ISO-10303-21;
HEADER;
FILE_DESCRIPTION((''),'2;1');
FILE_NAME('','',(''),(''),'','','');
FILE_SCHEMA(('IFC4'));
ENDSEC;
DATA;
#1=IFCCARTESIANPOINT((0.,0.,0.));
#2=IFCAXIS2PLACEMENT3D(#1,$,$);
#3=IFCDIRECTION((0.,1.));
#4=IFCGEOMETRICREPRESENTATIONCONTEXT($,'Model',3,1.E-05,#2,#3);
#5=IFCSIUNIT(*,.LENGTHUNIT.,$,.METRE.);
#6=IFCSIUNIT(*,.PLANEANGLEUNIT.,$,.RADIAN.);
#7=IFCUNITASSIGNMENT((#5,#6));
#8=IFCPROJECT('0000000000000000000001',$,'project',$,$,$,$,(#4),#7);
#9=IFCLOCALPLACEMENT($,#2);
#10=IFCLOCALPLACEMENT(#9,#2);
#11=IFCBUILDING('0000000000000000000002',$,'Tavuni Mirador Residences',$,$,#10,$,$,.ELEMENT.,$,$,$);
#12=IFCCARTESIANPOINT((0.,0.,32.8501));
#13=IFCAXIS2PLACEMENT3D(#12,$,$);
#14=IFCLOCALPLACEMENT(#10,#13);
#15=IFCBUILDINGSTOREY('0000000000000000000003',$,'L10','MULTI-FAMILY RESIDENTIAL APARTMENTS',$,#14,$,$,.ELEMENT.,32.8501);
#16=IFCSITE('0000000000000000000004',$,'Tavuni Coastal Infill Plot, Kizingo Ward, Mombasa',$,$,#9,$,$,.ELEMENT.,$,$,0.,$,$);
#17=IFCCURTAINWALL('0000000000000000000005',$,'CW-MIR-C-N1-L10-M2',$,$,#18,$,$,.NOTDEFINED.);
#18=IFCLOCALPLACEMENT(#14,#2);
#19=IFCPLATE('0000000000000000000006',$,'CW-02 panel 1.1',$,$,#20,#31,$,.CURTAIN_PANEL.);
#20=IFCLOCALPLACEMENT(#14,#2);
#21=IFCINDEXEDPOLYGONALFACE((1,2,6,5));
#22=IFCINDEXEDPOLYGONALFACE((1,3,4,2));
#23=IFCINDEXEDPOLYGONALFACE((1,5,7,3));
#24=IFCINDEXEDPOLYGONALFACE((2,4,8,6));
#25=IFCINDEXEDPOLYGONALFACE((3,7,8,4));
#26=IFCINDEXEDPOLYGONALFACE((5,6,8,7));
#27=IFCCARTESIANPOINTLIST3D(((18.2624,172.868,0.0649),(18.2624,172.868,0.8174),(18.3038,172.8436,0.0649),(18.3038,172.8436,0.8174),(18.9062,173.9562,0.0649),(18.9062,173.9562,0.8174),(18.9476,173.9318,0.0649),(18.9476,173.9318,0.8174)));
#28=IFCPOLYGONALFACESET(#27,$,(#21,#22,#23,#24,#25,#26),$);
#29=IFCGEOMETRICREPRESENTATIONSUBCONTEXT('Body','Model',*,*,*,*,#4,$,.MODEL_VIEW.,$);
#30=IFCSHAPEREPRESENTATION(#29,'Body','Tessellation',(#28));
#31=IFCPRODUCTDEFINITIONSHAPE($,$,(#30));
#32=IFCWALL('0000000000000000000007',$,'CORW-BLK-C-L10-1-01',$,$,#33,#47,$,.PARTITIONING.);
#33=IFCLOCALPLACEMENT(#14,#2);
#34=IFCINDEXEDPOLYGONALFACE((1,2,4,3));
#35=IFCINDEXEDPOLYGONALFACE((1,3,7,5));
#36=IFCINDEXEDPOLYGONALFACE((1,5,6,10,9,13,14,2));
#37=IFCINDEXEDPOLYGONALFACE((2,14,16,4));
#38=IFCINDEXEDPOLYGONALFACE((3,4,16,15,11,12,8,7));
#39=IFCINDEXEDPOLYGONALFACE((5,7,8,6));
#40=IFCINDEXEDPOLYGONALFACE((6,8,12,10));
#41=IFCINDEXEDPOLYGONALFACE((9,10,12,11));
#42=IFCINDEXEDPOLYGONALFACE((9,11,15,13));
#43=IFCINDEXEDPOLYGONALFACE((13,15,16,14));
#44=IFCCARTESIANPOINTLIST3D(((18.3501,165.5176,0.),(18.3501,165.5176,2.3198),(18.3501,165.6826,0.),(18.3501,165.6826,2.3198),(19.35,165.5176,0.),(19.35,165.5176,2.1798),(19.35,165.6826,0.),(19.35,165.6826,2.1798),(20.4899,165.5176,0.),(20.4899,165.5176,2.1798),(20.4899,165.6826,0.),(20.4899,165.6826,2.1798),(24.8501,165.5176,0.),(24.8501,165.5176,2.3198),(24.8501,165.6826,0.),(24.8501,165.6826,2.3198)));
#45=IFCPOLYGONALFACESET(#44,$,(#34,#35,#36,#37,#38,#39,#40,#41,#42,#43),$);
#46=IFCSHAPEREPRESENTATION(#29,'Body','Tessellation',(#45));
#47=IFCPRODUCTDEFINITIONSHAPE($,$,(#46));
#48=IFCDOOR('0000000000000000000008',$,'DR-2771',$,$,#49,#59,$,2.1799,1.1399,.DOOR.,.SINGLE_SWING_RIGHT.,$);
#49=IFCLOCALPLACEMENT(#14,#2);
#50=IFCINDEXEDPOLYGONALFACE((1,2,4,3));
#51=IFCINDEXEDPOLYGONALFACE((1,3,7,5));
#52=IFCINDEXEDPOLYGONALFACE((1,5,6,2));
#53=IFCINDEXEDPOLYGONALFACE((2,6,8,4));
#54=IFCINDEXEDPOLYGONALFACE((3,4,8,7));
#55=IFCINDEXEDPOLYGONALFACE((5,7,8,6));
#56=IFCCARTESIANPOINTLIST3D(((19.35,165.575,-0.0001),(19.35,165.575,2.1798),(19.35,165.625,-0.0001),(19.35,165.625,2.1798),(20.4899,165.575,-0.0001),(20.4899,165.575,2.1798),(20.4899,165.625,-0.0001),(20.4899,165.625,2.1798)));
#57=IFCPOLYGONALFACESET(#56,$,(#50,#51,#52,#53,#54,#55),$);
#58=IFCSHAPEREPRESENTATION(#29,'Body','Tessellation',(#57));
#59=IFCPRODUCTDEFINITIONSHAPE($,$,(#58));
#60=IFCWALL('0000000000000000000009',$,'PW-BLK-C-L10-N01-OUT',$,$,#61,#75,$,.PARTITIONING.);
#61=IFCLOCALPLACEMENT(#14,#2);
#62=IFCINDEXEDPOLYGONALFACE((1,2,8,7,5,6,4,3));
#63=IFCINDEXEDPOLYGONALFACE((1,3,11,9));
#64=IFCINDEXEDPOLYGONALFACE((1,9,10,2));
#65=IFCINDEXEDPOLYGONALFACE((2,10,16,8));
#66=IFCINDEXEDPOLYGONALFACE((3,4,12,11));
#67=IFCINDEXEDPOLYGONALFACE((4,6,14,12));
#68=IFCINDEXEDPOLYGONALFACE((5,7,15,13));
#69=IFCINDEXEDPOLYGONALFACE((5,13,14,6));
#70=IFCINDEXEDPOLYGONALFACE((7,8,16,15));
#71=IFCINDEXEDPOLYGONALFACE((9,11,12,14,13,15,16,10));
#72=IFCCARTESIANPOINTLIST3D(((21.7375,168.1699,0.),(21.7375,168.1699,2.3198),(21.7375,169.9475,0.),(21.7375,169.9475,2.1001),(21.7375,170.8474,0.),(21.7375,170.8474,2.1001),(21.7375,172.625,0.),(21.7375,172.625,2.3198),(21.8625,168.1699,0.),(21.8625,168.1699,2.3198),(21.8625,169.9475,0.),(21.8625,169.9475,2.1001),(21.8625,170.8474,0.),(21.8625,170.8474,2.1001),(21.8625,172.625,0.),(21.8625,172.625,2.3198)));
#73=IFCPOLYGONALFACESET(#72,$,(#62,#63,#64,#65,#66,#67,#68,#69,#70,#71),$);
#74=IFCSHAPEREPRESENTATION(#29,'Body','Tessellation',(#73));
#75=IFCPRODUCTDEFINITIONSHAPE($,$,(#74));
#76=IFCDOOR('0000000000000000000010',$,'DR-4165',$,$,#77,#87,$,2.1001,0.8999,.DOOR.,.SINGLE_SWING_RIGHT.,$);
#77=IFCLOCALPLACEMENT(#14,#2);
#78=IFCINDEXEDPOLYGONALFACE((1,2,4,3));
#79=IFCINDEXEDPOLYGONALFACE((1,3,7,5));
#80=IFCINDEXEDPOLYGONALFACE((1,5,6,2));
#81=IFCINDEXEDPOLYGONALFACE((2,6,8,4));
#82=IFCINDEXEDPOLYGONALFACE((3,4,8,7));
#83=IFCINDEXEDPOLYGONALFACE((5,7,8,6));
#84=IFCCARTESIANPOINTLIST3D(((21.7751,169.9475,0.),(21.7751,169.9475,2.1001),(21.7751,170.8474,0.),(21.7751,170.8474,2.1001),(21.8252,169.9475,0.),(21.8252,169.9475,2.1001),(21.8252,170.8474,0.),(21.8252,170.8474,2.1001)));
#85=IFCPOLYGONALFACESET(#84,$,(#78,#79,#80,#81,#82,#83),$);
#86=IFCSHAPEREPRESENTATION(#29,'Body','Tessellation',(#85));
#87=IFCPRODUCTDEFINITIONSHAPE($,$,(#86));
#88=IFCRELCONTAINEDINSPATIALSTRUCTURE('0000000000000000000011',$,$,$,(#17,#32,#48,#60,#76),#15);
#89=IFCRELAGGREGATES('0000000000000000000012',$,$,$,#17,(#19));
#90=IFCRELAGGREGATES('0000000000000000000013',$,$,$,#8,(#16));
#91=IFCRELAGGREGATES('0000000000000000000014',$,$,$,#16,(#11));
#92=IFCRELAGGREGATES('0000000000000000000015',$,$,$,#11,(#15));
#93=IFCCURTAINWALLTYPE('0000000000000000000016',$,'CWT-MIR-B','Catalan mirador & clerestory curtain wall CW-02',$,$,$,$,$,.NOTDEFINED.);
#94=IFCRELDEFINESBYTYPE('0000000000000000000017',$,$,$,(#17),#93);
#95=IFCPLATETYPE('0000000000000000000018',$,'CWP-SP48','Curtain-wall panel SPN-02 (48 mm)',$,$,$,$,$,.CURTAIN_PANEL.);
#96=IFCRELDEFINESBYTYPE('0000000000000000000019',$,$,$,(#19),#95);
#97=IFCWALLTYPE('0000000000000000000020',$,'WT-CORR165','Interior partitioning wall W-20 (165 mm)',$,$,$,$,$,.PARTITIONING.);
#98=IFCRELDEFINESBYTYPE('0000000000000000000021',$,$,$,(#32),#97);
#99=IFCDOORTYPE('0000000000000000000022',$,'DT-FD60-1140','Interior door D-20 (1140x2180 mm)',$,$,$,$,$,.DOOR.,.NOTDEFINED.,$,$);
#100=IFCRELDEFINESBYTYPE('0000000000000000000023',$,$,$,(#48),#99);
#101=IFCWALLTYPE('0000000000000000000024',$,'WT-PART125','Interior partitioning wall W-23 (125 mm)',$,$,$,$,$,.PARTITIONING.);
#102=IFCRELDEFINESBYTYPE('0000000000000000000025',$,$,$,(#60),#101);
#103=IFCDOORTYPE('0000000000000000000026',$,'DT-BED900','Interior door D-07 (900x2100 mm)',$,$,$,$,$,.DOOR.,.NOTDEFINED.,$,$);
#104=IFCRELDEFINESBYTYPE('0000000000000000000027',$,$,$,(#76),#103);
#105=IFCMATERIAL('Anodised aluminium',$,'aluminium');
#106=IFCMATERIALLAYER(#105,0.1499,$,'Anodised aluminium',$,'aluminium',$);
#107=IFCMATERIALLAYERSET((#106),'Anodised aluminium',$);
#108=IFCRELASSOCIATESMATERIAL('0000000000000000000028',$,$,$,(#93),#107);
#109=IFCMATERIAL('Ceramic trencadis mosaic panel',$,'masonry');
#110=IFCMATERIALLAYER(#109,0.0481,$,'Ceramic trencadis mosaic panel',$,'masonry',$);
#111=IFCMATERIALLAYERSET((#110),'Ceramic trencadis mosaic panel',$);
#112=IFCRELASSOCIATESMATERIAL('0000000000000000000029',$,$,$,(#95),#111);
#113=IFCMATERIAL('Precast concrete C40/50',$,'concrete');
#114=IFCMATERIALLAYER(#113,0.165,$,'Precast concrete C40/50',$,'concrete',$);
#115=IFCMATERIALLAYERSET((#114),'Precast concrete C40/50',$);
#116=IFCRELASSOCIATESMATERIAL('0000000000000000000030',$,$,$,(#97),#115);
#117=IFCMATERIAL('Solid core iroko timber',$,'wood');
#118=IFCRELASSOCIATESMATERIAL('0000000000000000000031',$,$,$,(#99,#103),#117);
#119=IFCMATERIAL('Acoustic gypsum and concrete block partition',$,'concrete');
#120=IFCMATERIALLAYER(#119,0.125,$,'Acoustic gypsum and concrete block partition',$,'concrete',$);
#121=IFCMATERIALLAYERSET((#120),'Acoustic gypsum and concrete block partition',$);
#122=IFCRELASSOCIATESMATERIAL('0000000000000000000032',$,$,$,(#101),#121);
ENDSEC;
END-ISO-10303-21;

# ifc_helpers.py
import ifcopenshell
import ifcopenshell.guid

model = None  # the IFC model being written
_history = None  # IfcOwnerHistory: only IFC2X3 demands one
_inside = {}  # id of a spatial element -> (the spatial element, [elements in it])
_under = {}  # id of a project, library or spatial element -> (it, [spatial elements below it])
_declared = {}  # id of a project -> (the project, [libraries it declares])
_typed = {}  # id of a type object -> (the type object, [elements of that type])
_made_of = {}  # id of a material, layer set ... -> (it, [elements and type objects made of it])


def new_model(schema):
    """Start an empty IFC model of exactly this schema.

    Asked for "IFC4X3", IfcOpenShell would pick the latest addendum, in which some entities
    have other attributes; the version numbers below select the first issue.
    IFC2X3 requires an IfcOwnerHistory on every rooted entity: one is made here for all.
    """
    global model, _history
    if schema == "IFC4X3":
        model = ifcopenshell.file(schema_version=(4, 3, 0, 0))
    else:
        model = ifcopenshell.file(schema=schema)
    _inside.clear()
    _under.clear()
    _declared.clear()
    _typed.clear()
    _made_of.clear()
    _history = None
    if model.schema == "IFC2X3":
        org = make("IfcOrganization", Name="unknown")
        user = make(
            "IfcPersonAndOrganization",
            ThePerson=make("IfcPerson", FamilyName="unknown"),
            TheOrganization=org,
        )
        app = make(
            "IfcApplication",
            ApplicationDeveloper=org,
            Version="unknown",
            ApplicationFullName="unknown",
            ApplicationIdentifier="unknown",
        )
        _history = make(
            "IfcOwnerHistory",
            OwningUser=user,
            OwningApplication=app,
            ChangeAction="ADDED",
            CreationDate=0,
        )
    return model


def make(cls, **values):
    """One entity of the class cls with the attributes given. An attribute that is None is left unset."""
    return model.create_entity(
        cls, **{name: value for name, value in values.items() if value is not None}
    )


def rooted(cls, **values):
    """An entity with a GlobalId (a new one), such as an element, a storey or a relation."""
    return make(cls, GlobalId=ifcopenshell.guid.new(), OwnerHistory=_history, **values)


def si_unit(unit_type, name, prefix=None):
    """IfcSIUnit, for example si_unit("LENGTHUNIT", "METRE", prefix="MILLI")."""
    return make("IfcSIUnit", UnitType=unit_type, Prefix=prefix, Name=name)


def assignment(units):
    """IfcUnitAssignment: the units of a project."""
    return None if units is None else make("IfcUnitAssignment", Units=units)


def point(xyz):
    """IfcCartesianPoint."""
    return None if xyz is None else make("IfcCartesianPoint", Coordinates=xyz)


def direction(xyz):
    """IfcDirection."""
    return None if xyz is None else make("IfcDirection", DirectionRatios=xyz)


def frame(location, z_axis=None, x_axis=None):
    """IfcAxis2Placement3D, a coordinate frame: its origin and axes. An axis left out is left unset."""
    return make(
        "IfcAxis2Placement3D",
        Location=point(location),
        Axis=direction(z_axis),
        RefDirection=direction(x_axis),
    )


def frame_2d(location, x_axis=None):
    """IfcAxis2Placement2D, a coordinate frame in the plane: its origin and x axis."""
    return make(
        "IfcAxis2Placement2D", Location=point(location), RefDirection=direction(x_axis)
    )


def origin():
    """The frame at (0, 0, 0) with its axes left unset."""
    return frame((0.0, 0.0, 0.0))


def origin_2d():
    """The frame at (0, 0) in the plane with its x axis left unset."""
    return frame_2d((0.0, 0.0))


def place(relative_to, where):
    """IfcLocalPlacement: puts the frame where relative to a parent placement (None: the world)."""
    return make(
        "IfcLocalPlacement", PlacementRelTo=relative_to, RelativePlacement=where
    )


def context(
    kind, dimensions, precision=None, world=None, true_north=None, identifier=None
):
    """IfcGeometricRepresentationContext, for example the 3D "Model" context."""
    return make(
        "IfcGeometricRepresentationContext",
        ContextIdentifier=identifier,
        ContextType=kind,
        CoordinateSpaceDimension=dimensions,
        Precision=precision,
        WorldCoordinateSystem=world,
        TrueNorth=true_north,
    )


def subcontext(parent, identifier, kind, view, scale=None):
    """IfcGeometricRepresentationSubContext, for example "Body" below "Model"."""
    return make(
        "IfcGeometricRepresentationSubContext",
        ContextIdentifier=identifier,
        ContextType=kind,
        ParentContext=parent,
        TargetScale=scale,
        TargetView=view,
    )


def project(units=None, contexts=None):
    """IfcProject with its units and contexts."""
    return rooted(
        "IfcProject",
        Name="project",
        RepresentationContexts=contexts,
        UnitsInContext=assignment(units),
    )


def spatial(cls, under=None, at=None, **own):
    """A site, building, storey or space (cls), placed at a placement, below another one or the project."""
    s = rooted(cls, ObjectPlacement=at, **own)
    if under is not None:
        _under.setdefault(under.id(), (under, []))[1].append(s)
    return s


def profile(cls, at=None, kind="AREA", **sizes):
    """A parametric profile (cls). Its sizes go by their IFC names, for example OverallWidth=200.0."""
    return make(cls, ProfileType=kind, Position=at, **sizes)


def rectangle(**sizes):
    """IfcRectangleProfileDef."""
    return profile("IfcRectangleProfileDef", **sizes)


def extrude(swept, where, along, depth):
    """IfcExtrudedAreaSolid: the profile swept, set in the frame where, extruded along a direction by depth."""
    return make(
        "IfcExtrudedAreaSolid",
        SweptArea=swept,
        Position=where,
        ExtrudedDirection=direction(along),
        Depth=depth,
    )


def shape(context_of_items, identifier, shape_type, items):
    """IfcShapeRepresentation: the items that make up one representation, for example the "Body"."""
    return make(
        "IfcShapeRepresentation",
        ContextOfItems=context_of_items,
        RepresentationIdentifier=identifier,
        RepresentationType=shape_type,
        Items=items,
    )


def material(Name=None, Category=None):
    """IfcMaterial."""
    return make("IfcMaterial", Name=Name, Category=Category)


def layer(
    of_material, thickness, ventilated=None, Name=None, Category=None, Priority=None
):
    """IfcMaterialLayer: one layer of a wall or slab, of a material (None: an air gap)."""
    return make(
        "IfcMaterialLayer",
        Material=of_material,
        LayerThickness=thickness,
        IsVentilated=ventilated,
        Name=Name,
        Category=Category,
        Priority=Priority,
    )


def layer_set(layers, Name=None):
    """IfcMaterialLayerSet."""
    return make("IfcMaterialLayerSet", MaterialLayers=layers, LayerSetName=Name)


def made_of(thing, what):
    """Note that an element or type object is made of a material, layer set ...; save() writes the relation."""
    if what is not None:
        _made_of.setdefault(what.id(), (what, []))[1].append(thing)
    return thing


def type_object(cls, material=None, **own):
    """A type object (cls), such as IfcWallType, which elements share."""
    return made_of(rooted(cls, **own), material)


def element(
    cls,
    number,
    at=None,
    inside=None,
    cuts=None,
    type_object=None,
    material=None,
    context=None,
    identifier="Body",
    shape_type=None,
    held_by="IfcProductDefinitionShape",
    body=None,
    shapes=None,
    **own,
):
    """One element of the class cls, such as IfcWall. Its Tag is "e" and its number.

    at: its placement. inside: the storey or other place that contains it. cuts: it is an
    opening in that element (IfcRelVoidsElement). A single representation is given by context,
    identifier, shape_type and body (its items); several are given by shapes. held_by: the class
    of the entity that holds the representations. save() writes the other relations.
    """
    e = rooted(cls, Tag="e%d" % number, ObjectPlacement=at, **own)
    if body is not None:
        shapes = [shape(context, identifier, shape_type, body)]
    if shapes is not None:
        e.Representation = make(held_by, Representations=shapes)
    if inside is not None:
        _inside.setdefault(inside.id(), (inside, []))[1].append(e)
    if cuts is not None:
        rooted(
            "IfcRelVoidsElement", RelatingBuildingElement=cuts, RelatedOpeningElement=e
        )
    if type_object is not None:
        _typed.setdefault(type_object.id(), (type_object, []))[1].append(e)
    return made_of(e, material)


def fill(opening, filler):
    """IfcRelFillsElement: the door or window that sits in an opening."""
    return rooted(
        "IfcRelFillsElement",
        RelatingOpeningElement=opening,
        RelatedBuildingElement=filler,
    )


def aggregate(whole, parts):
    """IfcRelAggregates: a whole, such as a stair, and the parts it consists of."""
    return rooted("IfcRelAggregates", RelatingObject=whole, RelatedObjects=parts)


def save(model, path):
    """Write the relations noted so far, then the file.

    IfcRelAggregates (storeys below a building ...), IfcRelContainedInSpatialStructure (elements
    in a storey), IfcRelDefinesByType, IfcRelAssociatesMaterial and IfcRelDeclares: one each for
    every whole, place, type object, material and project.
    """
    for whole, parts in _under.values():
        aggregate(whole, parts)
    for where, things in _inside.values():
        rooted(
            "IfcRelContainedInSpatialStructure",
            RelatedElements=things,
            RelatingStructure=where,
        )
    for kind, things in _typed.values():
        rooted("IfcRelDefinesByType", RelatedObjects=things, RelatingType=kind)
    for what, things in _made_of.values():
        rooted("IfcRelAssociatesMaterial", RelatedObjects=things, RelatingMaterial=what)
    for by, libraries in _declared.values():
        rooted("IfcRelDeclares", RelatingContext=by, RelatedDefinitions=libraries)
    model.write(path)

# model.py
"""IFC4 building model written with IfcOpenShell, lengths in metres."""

from ifc_helpers import new_model, si_unit, direction, frame, frame_2d, origin, origin_2d, place, context, subcontext, project, spatial, rectangle, extrude, material, layer, layer_set, type_object, element, fill, aggregate, save


model = new_model("IFC4")

# Units and contexts
model_context = context("Model", 3, precision=1e-05, world=origin(), true_north=direction((0.0, 1.0)))
body_context = subcontext(model_context, "Body", "Model", "MODEL_VIEW")
ifc_project = project(units=[si_unit("LENGTHUNIT", "METRE"), si_unit("PLANEANGLEUNIT", "RADIAN")], contexts=[model_context])

# Site, building, storey
site_placement = place(None, origin())
site = spatial("IfcSite", under=ifc_project, at=site_placement, Name="Tavuni Coastal Infill Plot, Kizingo Ward, Mombasa", CompositionType="ELEMENT", RefElevation=0.0)
building_placement = place(site_placement, origin())
building = spatial("IfcBuilding", under=site, at=building_placement, Name="Tavuni Mirador Residences", CompositionType="ELEMENT")
storey_placement = place(building_placement, frame((0.0, 0.0, 32.8501)))
storey = spatial("IfcBuildingStorey", under=building, at=storey_placement, Name="L10", Description="MULTI-FAMILY RESIDENTIAL APARTMENTS", CompositionType="ELEMENT", Elevation=32.8501)

# Shared definitions
ifc_material_1 = material(Name="Anodised aluminium", Category="aluminium")

# Curtain wall
ifc_layer_1 = layer(ifc_material_1, 0.1499, Name="Anodised aluminium", Category="aluminium")
ifc_layer_set_1 = layer_set([ifc_layer_1], Name="Anodised aluminium")
curtain_wall_type_1 = type_object("IfcCurtainWallType", Name="CWT-MIR-B", Description="Catalan mirador & clerestory curtain wall CW-02", PredefinedType="NOTDEFINED", material=ifc_layer_set_1)
curtain_wall_1_placement = place(storey_placement, origin())
curtain_wall_1 = element("IfcCurtainWall", 1, at=curtain_wall_1_placement, inside=storey, type_object=curtain_wall_type_1, Name="CW-MIR-C-N1-L10-M2", PredefinedType="NOTDEFINED")

# Plate
ifc_material_2 = material(Name="Ceramic trencadis mosaic panel", Category="masonry")
ifc_layer_2 = layer(ifc_material_2, 0.0481, Name="Ceramic trencadis mosaic panel", Category="masonry")
ifc_layer_set_2 = layer_set([ifc_layer_2], Name="Ceramic trencadis mosaic panel")
plate_type_1 = type_object("IfcPlateType", Name="CWP-SP48", Description="Curtain-wall panel SPN-02 (48 mm)", PredefinedType="CURTAIN_PANEL", material=ifc_layer_set_2)
plate_1_placement = place(storey_placement, frame((18.605, 173.3999, 0.0649), z_axis=(0.0, 0.0, 1.0), x_axis=(-0.509212, -0.860641, 0.0)))
plate_1 = element("IfcPlate", 2, at=plate_1_placement, type_object=plate_type_1, Name="CW-02 panel 1.1", PredefinedType="CURTAIN_PANEL", context=body_context, shape_type="SweptSolid", body=[
    extrude(rectangle(XDim=1.2644, YDim=0.0481, at=origin_2d()), origin(), (0.0, 0.0, 1.0), 0.7524),
])
aggregate(curtain_wall_1, [plate_1])

# Walls, openings, doors
ifc_material_3 = material(Name="Precast concrete C40/50", Category="concrete")
ifc_layer_3 = layer(ifc_material_3, 0.165, Name="Precast concrete C40/50", Category="concrete")
ifc_layer_set_3 = layer_set([ifc_layer_3], Name="Precast concrete C40/50")
wall_type_1 = type_object("IfcWallType", Name="WT-CORR165", Description="Interior partitioning wall W-20 (165 mm)", PredefinedType="PARTITIONING", material=ifc_layer_set_3)
wall_1_placement = place(storey_placement, frame((18.3501, 165.6001, 0.0), z_axis=(0.0, 0.0, 1.0), x_axis=(1.0, 0.0, 0.0)))
wall_1 = element("IfcWall", 3, at=wall_1_placement, inside=storey, type_object=wall_type_1, Name="CORW-BLK-C-L10-1-01", PredefinedType="PARTITIONING", context=body_context, shape_type="SweptSolid", body=[
    extrude(rectangle(XDim=6.5, YDim=0.165, at=frame_2d((3.25, 0.0))), origin(), (0.0, 0.0, 1.0), 2.3198),
])
opening_1_placement = place(wall_1_placement, frame((1.0, 0.0, 0.0)))
opening_1 = element("IfcOpeningElement", 4, at=opening_1_placement, cuts=wall_1, PredefinedType="OPENING", context=body_context, shape_type="SweptSolid", body=[
    extrude(rectangle(XDim=1.1399, YDim=2.1799, at=frame_2d((0.5698, 1.0898))), frame((0.0, 0.0925, 0.0), z_axis=(0.0, -1.0, 0.0), x_axis=(1.0, 0.0, 0.0)), (0.0, 0.0, 1.0), 0.1851),
])
ifc_material_4 = material(Name="Solid core iroko timber", Category="wood")
door_type_1 = type_object("IfcDoorType", Name="DT-FD60-1140", Description="Interior door D-20 (1140x2180 mm)", OperationType="NOTDEFINED", PredefinedType="DOOR", material=ifc_material_4)
door_1_placement = place(opening_1_placement, origin())
door_1 = element("IfcDoor", 5, at=door_1_placement, inside=storey, type_object=door_type_1, Name="DR-2771", OperationType="SINGLE_SWING_RIGHT", OverallHeight=2.1799, OverallWidth=1.1399, PredefinedType="DOOR", context=body_context, shape_type="SweptSolid", body=[
    extrude(rectangle(XDim=1.1399, YDim=2.1799, at=frame_2d((0.5698, 1.0898))), frame((0.0, 0.0249, 0.0), z_axis=(0.0, -1.0, 0.0), x_axis=(1.0, 0.0, 0.0)), (0.0, 0.0, 1.0), 0.05),
])
fill(opening_1, door_1)
ifc_material_5 = material(Name="Acoustic gypsum and concrete block partition", Category="concrete")
ifc_layer_4 = layer(ifc_material_5, 0.125, Name="Acoustic gypsum and concrete block partition", Category="concrete")
ifc_layer_set_4 = layer_set([ifc_layer_4], Name="Acoustic gypsum and concrete block partition")
wall_type_2 = type_object("IfcWallType", Name="WT-PART125", Description="Interior partitioning wall W-23 (125 mm)", PredefinedType="PARTITIONING", material=ifc_layer_set_4)
wall_2_placement = place(storey_placement, frame((21.8, 168.1699, 0.0), z_axis=(0.0, 0.0, 1.0), x_axis=(0.0, 1.0, 0.0)))
wall_2 = element("IfcWall", 6, at=wall_2_placement, inside=storey, type_object=wall_type_2, Name="PW-BLK-C-L10-N01-OUT", PredefinedType="PARTITIONING", context=body_context, shape_type="SweptSolid", body=[
    extrude(rectangle(XDim=4.4551, YDim=0.125, at=frame_2d((2.2275, 0.0))), origin(), (0.0, 0.0, 1.0), 2.3198),
])
opening_2_placement = place(wall_2_placement, frame((1.7776, 0.0, 0.0)))
opening_2 = element("IfcOpeningElement", 7, at=opening_2_placement, cuts=wall_2, PredefinedType="OPENING", context=body_context, shape_type="SweptSolid", body=[
    extrude(rectangle(XDim=0.8999, YDim=2.1001, at=frame_2d((0.45, 1.05))), frame((0.0, 0.0725, 0.0), z_axis=(0.0, -1.0, 0.0), x_axis=(1.0, 0.0, 0.0)), (0.0, 0.0, 1.0), 0.145),
])
door_type_2 = type_object("IfcDoorType", Name="DT-BED900", Description="Interior door D-07 (900x2100 mm)", OperationType="NOTDEFINED", PredefinedType="DOOR", material=ifc_material_4)
door_2_placement = place(opening_2_placement, origin())
door_2 = element("IfcDoor", 8, at=door_2_placement, inside=storey, type_object=door_type_2, Name="DR-4165", OperationType="SINGLE_SWING_RIGHT", OverallHeight=2.1001, OverallWidth=0.8999, PredefinedType="DOOR", context=body_context, shape_type="SweptSolid", body=[
    extrude(rectangle(XDim=0.8999, YDim=2.1001, at=frame_2d((0.45, 1.05))), frame((0.0, 0.0249, 0.0), z_axis=(0.0, -1.0, 0.0), x_axis=(1.0, 0.0, 0.0)), (0.0, 0.0, 1.0), 0.05),
])
fill(opening_2, door_2)

save(model, "model.ifc")
